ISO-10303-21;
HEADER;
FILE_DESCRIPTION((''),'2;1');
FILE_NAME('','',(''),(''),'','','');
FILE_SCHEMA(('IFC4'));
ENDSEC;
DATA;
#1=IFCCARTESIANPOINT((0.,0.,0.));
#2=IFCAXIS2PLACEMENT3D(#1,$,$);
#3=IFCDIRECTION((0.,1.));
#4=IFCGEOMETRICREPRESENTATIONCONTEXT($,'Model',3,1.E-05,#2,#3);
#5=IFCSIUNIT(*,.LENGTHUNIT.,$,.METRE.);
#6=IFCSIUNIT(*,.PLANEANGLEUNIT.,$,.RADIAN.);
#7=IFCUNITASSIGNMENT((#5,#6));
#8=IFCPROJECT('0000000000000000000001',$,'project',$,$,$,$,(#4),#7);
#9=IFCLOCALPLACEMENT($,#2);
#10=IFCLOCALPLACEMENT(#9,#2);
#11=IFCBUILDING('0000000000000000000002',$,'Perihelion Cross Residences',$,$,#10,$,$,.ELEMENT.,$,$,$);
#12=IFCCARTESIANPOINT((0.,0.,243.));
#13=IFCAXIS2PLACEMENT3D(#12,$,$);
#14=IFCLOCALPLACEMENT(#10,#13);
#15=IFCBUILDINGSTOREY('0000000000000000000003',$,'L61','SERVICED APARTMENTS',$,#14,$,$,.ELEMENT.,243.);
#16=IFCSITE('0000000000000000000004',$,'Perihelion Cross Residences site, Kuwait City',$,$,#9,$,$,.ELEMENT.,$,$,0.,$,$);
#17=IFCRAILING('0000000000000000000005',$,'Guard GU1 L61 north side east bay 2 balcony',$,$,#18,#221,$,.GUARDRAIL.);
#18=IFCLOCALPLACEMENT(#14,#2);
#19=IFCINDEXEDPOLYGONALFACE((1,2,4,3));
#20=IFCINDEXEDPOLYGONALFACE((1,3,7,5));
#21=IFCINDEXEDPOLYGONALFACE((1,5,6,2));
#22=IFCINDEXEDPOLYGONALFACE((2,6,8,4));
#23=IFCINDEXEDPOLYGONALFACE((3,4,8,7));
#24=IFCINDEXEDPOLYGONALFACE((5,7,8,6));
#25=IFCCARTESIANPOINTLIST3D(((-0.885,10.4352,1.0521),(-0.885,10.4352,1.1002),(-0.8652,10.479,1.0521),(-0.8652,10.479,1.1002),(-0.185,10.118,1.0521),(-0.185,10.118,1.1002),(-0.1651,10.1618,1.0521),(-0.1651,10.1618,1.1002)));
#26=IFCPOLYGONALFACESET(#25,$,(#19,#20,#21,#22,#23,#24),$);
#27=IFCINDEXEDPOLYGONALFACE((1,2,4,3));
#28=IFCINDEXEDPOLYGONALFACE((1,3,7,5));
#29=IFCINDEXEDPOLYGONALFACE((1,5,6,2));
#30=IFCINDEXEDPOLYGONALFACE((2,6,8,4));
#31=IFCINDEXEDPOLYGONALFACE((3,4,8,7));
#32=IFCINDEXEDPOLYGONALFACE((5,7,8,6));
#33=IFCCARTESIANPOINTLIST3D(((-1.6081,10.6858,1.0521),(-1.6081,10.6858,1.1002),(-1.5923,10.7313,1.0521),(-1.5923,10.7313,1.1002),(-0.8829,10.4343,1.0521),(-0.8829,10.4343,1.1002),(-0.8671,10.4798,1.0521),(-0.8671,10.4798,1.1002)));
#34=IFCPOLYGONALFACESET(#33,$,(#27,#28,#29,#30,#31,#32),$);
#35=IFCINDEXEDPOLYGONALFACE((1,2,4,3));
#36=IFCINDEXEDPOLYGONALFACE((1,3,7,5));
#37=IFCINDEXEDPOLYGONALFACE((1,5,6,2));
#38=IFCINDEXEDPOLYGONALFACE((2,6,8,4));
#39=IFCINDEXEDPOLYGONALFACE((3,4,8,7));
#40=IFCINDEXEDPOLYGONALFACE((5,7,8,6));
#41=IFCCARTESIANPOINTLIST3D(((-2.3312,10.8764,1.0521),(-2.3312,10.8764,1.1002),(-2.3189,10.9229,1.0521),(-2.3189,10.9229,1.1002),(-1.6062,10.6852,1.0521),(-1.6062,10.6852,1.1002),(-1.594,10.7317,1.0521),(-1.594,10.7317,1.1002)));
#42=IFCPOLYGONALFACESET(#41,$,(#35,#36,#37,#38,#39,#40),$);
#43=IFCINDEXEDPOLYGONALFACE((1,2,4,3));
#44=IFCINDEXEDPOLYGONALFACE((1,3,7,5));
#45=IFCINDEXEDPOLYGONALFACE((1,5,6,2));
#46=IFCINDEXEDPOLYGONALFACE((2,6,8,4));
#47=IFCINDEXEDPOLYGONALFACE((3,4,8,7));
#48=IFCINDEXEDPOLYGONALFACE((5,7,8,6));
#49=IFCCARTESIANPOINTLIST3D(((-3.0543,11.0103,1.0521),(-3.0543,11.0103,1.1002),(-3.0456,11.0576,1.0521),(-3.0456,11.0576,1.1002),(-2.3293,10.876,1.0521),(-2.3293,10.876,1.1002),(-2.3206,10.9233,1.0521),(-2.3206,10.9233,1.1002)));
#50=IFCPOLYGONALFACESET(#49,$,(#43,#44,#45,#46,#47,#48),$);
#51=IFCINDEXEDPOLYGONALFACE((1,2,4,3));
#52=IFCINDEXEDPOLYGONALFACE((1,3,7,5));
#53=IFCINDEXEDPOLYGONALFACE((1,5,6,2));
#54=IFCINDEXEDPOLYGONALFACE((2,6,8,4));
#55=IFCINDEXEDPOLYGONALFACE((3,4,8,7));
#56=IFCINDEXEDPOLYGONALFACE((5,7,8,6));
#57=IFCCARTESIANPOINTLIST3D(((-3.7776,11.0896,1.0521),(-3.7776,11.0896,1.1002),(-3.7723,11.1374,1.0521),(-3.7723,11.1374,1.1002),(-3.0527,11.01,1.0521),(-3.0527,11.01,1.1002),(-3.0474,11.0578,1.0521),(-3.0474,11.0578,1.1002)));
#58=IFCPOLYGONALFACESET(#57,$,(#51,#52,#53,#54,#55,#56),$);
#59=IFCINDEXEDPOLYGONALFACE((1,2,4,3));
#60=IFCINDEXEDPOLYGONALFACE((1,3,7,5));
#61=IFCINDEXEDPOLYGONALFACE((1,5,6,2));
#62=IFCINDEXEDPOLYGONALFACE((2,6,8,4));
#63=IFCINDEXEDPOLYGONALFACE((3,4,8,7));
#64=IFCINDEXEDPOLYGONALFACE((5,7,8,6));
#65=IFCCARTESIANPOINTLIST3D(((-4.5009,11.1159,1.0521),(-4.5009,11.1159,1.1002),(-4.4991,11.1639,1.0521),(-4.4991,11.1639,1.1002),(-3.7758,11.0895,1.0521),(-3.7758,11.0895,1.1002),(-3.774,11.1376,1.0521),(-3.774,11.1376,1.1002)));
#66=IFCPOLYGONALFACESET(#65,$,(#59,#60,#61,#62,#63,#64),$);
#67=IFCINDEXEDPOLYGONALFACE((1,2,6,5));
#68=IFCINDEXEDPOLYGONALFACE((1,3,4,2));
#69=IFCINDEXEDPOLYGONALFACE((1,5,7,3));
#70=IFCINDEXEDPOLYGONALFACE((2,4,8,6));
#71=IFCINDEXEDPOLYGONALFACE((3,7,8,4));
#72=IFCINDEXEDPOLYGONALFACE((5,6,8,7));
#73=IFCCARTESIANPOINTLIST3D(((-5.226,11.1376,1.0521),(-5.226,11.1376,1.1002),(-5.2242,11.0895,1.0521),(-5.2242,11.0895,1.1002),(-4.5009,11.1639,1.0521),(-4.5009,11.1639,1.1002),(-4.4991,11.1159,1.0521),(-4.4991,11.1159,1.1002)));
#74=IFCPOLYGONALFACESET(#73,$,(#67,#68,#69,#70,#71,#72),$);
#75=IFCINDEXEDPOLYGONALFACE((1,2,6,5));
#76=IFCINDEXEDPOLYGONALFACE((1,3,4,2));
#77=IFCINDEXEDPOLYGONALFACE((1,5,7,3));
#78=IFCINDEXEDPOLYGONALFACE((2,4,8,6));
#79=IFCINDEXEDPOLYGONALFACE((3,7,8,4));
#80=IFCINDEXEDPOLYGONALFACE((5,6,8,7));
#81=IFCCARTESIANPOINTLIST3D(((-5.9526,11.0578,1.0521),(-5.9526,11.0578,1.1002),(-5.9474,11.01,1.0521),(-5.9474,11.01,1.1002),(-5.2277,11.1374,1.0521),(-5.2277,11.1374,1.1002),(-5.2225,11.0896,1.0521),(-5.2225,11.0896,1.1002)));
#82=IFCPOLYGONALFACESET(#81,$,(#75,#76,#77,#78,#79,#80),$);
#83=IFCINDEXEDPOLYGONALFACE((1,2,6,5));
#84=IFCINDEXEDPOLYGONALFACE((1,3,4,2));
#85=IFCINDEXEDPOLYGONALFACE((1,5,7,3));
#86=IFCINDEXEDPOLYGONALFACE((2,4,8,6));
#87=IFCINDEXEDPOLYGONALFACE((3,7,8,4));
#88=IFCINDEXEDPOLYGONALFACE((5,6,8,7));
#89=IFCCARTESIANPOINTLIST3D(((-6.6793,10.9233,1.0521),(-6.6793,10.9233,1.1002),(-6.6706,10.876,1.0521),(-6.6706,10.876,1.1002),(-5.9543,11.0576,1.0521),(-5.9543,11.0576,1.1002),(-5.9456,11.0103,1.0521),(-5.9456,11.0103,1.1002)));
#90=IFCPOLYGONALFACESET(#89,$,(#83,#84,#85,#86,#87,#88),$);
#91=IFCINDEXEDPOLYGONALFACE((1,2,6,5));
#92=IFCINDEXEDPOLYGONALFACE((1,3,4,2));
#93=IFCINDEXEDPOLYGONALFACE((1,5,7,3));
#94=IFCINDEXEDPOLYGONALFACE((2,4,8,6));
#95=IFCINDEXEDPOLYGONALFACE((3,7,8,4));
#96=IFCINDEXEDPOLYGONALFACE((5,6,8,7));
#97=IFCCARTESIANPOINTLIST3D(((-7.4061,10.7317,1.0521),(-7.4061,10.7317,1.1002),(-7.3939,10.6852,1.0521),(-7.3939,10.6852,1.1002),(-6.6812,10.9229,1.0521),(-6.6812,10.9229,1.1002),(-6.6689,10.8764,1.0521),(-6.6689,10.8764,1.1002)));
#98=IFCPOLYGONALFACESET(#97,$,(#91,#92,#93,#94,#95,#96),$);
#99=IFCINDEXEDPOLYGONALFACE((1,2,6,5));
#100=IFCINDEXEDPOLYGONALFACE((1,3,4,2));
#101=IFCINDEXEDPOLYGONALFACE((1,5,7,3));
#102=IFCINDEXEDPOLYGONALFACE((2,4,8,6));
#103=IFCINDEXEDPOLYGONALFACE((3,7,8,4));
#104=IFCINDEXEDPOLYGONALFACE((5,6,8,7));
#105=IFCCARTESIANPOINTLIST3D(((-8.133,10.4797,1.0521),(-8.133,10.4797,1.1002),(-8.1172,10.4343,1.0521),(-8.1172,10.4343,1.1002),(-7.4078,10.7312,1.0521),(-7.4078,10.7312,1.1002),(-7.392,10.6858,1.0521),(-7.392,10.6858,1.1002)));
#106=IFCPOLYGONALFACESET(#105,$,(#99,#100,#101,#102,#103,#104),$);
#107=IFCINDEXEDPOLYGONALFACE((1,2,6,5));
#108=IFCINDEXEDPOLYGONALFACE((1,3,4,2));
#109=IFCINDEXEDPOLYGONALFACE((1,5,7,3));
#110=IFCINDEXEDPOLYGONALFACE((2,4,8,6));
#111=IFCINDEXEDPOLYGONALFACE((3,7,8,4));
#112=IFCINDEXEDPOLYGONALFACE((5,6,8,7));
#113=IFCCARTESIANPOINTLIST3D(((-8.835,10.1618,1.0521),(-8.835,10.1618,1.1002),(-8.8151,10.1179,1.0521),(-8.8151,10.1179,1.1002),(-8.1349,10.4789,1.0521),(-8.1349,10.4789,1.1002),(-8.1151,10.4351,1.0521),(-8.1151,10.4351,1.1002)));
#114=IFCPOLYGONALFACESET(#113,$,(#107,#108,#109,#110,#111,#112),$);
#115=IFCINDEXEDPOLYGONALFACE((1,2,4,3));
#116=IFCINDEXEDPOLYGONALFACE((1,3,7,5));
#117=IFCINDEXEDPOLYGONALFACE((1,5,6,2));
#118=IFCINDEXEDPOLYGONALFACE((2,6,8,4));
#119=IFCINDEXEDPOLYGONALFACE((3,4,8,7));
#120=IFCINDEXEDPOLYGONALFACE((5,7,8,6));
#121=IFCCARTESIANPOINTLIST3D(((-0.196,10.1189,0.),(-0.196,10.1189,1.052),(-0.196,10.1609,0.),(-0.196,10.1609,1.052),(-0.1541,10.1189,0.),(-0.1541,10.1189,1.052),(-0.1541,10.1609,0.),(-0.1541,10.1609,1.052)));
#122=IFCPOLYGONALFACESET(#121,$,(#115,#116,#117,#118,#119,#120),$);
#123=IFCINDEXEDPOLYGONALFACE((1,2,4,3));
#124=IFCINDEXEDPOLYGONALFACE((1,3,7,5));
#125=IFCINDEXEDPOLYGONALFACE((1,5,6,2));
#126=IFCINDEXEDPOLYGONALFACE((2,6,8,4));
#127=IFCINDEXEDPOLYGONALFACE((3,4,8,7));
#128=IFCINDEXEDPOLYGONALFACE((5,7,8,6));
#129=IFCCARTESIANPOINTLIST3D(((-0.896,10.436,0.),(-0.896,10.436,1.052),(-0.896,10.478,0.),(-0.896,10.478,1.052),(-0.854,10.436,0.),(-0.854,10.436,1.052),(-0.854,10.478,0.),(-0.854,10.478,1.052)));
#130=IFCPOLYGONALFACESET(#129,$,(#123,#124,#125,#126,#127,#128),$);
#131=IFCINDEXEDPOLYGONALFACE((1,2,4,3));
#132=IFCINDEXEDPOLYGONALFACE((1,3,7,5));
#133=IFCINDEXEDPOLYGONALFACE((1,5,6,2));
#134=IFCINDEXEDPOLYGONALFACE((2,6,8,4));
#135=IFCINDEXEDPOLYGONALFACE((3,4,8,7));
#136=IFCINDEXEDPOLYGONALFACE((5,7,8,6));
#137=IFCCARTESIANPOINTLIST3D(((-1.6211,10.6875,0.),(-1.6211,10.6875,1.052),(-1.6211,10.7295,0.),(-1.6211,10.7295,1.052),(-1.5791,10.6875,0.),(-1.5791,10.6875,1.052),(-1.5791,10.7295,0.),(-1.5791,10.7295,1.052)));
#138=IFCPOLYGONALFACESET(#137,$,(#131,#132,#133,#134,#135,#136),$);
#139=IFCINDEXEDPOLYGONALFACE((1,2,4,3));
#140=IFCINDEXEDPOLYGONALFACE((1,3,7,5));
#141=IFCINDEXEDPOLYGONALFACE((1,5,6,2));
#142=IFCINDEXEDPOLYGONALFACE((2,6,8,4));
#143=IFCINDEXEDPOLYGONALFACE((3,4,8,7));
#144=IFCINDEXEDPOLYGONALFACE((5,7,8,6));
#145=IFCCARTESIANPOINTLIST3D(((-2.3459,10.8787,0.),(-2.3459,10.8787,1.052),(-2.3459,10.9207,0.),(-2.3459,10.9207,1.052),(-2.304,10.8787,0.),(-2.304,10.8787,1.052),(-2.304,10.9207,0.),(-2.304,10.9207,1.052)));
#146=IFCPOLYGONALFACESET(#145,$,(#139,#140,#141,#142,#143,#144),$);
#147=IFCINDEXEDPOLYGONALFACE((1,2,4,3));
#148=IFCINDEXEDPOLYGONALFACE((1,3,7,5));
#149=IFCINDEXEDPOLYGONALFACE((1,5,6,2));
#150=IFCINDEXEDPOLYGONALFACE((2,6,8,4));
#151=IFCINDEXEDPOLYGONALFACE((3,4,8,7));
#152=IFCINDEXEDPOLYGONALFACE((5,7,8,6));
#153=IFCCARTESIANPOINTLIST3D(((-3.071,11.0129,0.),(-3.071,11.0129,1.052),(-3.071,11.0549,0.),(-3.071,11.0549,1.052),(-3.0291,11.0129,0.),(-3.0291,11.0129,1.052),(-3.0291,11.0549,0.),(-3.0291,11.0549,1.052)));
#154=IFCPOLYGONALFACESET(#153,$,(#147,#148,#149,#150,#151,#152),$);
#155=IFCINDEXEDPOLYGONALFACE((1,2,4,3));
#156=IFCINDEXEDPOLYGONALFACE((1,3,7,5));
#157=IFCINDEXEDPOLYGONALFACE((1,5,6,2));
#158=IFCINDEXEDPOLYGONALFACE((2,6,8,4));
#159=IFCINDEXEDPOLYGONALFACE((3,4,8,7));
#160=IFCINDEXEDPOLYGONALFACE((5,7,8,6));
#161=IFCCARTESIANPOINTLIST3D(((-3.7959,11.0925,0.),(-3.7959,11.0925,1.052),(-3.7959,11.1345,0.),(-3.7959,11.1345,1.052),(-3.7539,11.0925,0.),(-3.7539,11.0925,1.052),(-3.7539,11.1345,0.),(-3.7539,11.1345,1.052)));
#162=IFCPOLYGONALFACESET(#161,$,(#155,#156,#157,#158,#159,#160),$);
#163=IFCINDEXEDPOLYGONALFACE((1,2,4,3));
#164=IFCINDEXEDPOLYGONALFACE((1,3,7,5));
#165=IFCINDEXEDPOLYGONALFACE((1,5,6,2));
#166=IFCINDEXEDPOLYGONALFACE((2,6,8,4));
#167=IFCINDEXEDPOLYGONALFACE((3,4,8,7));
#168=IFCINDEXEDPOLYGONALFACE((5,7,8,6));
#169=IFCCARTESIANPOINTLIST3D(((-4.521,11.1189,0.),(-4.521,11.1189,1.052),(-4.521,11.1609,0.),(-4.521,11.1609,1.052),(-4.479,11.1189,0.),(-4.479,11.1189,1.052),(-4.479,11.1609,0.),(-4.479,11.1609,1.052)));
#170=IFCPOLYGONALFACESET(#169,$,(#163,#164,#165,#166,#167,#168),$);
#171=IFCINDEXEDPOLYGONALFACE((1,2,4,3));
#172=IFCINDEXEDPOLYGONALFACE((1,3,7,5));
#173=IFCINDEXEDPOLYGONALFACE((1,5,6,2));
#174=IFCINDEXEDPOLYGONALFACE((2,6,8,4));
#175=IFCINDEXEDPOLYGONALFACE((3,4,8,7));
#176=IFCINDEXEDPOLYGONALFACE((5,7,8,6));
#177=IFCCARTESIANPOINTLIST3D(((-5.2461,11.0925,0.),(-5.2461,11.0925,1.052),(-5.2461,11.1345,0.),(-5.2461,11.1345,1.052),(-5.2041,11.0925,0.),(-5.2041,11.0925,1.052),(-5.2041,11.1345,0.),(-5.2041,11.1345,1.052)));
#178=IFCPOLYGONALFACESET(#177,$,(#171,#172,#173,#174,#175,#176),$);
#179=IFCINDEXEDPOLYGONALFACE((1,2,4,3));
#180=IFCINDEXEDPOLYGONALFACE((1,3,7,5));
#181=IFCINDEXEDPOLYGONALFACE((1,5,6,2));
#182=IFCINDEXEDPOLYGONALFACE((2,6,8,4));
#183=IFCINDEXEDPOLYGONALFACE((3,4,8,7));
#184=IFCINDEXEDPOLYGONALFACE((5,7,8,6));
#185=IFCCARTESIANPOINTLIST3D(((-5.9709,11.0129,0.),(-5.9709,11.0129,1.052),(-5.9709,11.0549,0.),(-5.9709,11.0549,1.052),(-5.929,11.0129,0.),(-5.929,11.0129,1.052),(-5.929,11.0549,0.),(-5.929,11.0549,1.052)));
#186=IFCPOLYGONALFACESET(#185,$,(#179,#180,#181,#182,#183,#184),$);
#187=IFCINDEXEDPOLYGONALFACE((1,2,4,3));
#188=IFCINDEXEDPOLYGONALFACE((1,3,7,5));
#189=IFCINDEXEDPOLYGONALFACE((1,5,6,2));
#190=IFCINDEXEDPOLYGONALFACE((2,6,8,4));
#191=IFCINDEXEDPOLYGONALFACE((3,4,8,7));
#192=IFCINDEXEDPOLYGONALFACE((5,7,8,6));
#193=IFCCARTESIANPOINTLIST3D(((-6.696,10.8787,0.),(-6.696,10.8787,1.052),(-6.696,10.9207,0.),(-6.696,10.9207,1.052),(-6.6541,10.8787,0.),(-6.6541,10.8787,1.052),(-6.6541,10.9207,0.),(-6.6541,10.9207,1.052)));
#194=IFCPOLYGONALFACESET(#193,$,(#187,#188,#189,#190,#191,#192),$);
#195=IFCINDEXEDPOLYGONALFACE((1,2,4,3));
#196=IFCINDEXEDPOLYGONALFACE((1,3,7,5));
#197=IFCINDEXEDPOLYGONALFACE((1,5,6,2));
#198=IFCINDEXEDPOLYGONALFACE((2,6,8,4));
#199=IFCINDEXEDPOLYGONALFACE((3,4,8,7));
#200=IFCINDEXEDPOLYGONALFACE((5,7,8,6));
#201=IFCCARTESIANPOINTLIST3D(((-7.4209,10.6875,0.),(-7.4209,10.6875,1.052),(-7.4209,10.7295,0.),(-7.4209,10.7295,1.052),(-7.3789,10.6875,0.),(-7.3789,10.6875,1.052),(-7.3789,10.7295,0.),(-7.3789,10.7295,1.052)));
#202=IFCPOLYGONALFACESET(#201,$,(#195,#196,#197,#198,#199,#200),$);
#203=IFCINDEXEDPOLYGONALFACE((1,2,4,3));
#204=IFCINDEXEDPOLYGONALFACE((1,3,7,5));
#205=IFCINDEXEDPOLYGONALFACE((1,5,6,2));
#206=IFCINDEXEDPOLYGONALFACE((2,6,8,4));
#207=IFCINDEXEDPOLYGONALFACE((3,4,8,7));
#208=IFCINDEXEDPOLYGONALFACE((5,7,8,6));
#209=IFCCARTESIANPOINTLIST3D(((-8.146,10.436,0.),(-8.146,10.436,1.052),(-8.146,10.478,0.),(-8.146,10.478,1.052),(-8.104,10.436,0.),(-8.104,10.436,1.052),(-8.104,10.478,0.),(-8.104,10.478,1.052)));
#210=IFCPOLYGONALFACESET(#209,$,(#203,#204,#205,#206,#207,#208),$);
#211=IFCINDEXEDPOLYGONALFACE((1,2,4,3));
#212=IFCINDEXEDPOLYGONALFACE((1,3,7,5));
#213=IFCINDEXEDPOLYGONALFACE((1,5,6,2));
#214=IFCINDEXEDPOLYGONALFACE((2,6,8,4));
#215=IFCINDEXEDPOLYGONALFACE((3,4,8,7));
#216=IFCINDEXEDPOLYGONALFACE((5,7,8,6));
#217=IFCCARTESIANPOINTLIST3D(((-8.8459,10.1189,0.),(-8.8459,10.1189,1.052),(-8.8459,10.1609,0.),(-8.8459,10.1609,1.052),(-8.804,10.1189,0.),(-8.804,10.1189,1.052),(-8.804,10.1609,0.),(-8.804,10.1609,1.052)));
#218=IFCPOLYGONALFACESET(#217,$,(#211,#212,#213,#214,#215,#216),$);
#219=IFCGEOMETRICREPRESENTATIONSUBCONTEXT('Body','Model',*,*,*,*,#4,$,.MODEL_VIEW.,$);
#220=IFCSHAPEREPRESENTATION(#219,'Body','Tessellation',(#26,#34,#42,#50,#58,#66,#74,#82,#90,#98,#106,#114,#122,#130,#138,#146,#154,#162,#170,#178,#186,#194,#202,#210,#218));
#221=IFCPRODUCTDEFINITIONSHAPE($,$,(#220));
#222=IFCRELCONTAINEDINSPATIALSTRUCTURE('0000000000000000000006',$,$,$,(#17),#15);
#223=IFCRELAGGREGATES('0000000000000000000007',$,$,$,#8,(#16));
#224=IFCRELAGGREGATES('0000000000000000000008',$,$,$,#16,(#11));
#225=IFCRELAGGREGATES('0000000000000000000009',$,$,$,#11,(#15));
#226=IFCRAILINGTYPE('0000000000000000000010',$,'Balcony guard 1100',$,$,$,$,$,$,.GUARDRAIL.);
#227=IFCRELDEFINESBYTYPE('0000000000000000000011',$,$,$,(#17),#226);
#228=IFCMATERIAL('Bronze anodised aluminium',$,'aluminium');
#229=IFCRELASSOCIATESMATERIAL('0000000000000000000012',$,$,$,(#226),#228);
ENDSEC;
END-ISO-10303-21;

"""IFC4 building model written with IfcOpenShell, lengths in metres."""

from ifc_helpers import new_model, si_unit, direction, frame, origin, origin_2d, place, context, subcontext, project, spatial, rectangle, extrude, material, type_object, element, save


model = new_model("IFC4")

# Units and contexts
model_context = context("Model", 3, precision=1e-05, world=origin(), true_north=direction((0.0, 1.0)))
body_context = subcontext(model_context, "Body", "Model", "MODEL_VIEW")
ifc_project = project(units=[si_unit("LENGTHUNIT", "METRE"), si_unit("PLANEANGLEUNIT", "RADIAN")], contexts=[model_context])

# Site, building, storey
site_placement = place(None, origin())
site = spatial("IfcSite", under=ifc_project, at=site_placement, Name="Perihelion Cross Residences site, Kuwait City", CompositionType="ELEMENT", RefElevation=0.0)
building_placement = place(site_placement, origin())
building = spatial("IfcBuilding", under=site, at=building_placement, Name="Perihelion Cross Residences", CompositionType="ELEMENT")
storey_placement = place(building_placement, frame((0.0, 0.0, 243.0)))
storey = spatial("IfcBuildingStorey", under=building, at=storey_placement, Name="L61", Description="SERVICED APARTMENTS", CompositionType="ELEMENT", Elevation=243.0)

# Railing
ifc_material_1 = material(Name="Bronze anodised aluminium", Category="aluminium")
railing_type = type_object("IfcRailingType", Name="Balcony guard 1100", PredefinedType="GUARDRAIL", material=ifc_material_1)
railing_1_placement = place(storey_placement, frame((-0.175, 10.1399, 0.0)))
element("IfcRailing", 1, at=railing_1_placement, inside=storey, type_object=railing_type, Name="Guard GU1 L61 north side east bay 2 balcony", PredefinedType="GUARDRAIL", context=body_context, shape_type="SweptSolid", body=[
    extrude(rectangle(XDim=0.0481, YDim=0.0481, at=origin_2d()), frame((0.0, 0.0, 1.0762), z_axis=(-0.910866, 0.412702, 0.0), x_axis=(-0.412702, -0.910866, 0.0)), (0.0, 0.0, 1.0), 0.7686),
    extrude(rectangle(XDim=0.0481, YDim=0.0481, at=origin_2d()), frame((-0.7, 0.3171, 1.0762), z_axis=(-0.944797, 0.327657, 0.0), x_axis=(-0.327657, -0.944797, 0.0)), (0.0, 0.0, 1.0), 0.7676),
    extrude(rectangle(XDim=0.0481, YDim=0.0481, at=origin_2d()), frame((-1.425, 0.5686, 1.0762), z_axis=(-0.966939, 0.255006, 0.0), x_axis=(-0.255006, -0.966939, 0.0)), (0.0, 0.0, 1.0), 0.7498),
    extrude(rectangle(XDim=0.0481, YDim=0.0481, at=origin_2d()), frame((-2.1499, 0.7598, 1.0762), z_axis=(-0.983282, 0.182089, 0.0), x_axis=(-0.182089, -0.983282, 0.0)), (0.0, 0.0, 1.0), 0.7373),
    extrude(rectangle(XDim=0.0481, YDim=0.0481, at=origin_2d()), frame((-2.875, 0.894, 1.0762), z_axis=(-0.994026, 0.109145, 0.0), x_axis=(-0.109145, -0.994026, 0.0)), (0.0, 0.0, 1.0), 0.7292),
    extrude(rectangle(XDim=0.0481, YDim=0.0481, at=origin_2d()), frame((-3.5999, 0.9736, 1.0762), z_axis=(-0.999339, 0.03634, 0.0), x_axis=(-0.03634, -0.999339, 0.0)), (0.0, 0.0, 1.0), 0.7256),
    extrude(rectangle(XDim=0.0481, YDim=0.0481, at=origin_2d()), frame((-4.325, 1.0, 1.0762), z_axis=(-0.999339, -0.03634, 0.0), x_axis=(0.03634, -0.999339, 0.0)), (0.0, 0.0, 1.0), 0.7256),
    extrude(rectangle(XDim=0.0481, YDim=0.0481, at=origin_2d()), frame((-5.05, 0.9736, 1.0762), z_axis=(-0.994026, -0.109145, 0.0), x_axis=(0.109145, -0.994026, 0.0)), (0.0, 0.0, 1.0), 0.7292),
    extrude(rectangle(XDim=0.0481, YDim=0.0481, at=origin_2d()), frame((-5.7749, 0.894, 1.0762), z_axis=(-0.983282, -0.182089, 0.0), x_axis=(0.182089, -0.983282, 0.0)), (0.0, 0.0, 1.0), 0.7373),
    extrude(rectangle(XDim=0.0481, YDim=0.0481, at=origin_2d()), frame((-6.5, 0.7598, 1.0762), z_axis=(-0.966939, -0.255006, 0.0), x_axis=(0.255006, -0.966939, 0.0)), (0.0, 0.0, 1.0), 0.7498),
    extrude(rectangle(XDim=0.0481, YDim=0.0481, at=origin_2d()), frame((-7.2249, 0.5686, 1.0762), z_axis=(-0.944797, -0.327657, 0.0), x_axis=(0.327657, -0.944797, 0.0)), (0.0, 0.0, 1.0), 0.7676),
    extrude(rectangle(XDim=0.0481, YDim=0.0481, at=origin_2d()), frame((-7.95, 0.3171, 1.0762), z_axis=(-0.910866, -0.412702, 0.0), x_axis=(0.412702, -0.910866, 0.0)), (0.0, 0.0, 1.0), 0.7686),
    extrude(rectangle(XDim=0.042, YDim=0.042, at=origin_2d()), origin(), (0.0, 0.0, 1.0), 1.052),
    extrude(rectangle(XDim=0.042, YDim=0.042, at=origin_2d()), frame((-0.7, 0.3171, 0.0)), (0.0, 0.0, 1.0), 1.052),
    extrude(rectangle(XDim=0.042, YDim=0.042, at=origin_2d()), frame((-1.425, 0.5686, 0.0)), (0.0, 0.0, 1.0), 1.052),
    extrude(rectangle(XDim=0.042, YDim=0.042, at=origin_2d()), frame((-2.1499, 0.7598, 0.0)), (0.0, 0.0, 1.0), 1.052),
    extrude(rectangle(XDim=0.042, YDim=0.042, at=origin_2d()), frame((-2.875, 0.894, 0.0)), (0.0, 0.0, 1.0), 1.052),
    extrude(rectangle(XDim=0.042, YDim=0.042, at=origin_2d()), frame((-3.5999, 0.9736, 0.0)), (0.0, 0.0, 1.0), 1.052),
    extrude(rectangle(XDim=0.042, YDim=0.042, at=origin_2d()), frame((-4.325, 1.0, 0.0)), (0.0, 0.0, 1.0), 1.052),
    extrude(rectangle(XDim=0.042, YDim=0.042, at=origin_2d()), frame((-5.05, 0.9736, 0.0)), (0.0, 0.0, 1.0), 1.052),
    extrude(rectangle(XDim=0.042, YDim=0.042, at=origin_2d()), frame((-5.7749, 0.894, 0.0)), (0.0, 0.0, 1.0), 1.052),
    extrude(rectangle(XDim=0.042, YDim=0.042, at=origin_2d()), frame((-6.5, 0.7598, 0.0)), (0.0, 0.0, 1.0), 1.052),
    extrude(rectangle(XDim=0.042, YDim=0.042, at=origin_2d()), frame((-7.2249, 0.5686, 0.0)), (0.0, 0.0, 1.0), 1.052),
    extrude(rectangle(XDim=0.042, YDim=0.042, at=origin_2d()), frame((-7.95, 0.3171, 0.0)), (0.0, 0.0, 1.0), 1.052),
    extrude(rectangle(XDim=0.042, YDim=0.042, at=origin_2d()), frame((-8.6499, 0.0, 0.0)), (0.0, 0.0, 1.0), 1.052),
])

save(model, "model.ifc")
